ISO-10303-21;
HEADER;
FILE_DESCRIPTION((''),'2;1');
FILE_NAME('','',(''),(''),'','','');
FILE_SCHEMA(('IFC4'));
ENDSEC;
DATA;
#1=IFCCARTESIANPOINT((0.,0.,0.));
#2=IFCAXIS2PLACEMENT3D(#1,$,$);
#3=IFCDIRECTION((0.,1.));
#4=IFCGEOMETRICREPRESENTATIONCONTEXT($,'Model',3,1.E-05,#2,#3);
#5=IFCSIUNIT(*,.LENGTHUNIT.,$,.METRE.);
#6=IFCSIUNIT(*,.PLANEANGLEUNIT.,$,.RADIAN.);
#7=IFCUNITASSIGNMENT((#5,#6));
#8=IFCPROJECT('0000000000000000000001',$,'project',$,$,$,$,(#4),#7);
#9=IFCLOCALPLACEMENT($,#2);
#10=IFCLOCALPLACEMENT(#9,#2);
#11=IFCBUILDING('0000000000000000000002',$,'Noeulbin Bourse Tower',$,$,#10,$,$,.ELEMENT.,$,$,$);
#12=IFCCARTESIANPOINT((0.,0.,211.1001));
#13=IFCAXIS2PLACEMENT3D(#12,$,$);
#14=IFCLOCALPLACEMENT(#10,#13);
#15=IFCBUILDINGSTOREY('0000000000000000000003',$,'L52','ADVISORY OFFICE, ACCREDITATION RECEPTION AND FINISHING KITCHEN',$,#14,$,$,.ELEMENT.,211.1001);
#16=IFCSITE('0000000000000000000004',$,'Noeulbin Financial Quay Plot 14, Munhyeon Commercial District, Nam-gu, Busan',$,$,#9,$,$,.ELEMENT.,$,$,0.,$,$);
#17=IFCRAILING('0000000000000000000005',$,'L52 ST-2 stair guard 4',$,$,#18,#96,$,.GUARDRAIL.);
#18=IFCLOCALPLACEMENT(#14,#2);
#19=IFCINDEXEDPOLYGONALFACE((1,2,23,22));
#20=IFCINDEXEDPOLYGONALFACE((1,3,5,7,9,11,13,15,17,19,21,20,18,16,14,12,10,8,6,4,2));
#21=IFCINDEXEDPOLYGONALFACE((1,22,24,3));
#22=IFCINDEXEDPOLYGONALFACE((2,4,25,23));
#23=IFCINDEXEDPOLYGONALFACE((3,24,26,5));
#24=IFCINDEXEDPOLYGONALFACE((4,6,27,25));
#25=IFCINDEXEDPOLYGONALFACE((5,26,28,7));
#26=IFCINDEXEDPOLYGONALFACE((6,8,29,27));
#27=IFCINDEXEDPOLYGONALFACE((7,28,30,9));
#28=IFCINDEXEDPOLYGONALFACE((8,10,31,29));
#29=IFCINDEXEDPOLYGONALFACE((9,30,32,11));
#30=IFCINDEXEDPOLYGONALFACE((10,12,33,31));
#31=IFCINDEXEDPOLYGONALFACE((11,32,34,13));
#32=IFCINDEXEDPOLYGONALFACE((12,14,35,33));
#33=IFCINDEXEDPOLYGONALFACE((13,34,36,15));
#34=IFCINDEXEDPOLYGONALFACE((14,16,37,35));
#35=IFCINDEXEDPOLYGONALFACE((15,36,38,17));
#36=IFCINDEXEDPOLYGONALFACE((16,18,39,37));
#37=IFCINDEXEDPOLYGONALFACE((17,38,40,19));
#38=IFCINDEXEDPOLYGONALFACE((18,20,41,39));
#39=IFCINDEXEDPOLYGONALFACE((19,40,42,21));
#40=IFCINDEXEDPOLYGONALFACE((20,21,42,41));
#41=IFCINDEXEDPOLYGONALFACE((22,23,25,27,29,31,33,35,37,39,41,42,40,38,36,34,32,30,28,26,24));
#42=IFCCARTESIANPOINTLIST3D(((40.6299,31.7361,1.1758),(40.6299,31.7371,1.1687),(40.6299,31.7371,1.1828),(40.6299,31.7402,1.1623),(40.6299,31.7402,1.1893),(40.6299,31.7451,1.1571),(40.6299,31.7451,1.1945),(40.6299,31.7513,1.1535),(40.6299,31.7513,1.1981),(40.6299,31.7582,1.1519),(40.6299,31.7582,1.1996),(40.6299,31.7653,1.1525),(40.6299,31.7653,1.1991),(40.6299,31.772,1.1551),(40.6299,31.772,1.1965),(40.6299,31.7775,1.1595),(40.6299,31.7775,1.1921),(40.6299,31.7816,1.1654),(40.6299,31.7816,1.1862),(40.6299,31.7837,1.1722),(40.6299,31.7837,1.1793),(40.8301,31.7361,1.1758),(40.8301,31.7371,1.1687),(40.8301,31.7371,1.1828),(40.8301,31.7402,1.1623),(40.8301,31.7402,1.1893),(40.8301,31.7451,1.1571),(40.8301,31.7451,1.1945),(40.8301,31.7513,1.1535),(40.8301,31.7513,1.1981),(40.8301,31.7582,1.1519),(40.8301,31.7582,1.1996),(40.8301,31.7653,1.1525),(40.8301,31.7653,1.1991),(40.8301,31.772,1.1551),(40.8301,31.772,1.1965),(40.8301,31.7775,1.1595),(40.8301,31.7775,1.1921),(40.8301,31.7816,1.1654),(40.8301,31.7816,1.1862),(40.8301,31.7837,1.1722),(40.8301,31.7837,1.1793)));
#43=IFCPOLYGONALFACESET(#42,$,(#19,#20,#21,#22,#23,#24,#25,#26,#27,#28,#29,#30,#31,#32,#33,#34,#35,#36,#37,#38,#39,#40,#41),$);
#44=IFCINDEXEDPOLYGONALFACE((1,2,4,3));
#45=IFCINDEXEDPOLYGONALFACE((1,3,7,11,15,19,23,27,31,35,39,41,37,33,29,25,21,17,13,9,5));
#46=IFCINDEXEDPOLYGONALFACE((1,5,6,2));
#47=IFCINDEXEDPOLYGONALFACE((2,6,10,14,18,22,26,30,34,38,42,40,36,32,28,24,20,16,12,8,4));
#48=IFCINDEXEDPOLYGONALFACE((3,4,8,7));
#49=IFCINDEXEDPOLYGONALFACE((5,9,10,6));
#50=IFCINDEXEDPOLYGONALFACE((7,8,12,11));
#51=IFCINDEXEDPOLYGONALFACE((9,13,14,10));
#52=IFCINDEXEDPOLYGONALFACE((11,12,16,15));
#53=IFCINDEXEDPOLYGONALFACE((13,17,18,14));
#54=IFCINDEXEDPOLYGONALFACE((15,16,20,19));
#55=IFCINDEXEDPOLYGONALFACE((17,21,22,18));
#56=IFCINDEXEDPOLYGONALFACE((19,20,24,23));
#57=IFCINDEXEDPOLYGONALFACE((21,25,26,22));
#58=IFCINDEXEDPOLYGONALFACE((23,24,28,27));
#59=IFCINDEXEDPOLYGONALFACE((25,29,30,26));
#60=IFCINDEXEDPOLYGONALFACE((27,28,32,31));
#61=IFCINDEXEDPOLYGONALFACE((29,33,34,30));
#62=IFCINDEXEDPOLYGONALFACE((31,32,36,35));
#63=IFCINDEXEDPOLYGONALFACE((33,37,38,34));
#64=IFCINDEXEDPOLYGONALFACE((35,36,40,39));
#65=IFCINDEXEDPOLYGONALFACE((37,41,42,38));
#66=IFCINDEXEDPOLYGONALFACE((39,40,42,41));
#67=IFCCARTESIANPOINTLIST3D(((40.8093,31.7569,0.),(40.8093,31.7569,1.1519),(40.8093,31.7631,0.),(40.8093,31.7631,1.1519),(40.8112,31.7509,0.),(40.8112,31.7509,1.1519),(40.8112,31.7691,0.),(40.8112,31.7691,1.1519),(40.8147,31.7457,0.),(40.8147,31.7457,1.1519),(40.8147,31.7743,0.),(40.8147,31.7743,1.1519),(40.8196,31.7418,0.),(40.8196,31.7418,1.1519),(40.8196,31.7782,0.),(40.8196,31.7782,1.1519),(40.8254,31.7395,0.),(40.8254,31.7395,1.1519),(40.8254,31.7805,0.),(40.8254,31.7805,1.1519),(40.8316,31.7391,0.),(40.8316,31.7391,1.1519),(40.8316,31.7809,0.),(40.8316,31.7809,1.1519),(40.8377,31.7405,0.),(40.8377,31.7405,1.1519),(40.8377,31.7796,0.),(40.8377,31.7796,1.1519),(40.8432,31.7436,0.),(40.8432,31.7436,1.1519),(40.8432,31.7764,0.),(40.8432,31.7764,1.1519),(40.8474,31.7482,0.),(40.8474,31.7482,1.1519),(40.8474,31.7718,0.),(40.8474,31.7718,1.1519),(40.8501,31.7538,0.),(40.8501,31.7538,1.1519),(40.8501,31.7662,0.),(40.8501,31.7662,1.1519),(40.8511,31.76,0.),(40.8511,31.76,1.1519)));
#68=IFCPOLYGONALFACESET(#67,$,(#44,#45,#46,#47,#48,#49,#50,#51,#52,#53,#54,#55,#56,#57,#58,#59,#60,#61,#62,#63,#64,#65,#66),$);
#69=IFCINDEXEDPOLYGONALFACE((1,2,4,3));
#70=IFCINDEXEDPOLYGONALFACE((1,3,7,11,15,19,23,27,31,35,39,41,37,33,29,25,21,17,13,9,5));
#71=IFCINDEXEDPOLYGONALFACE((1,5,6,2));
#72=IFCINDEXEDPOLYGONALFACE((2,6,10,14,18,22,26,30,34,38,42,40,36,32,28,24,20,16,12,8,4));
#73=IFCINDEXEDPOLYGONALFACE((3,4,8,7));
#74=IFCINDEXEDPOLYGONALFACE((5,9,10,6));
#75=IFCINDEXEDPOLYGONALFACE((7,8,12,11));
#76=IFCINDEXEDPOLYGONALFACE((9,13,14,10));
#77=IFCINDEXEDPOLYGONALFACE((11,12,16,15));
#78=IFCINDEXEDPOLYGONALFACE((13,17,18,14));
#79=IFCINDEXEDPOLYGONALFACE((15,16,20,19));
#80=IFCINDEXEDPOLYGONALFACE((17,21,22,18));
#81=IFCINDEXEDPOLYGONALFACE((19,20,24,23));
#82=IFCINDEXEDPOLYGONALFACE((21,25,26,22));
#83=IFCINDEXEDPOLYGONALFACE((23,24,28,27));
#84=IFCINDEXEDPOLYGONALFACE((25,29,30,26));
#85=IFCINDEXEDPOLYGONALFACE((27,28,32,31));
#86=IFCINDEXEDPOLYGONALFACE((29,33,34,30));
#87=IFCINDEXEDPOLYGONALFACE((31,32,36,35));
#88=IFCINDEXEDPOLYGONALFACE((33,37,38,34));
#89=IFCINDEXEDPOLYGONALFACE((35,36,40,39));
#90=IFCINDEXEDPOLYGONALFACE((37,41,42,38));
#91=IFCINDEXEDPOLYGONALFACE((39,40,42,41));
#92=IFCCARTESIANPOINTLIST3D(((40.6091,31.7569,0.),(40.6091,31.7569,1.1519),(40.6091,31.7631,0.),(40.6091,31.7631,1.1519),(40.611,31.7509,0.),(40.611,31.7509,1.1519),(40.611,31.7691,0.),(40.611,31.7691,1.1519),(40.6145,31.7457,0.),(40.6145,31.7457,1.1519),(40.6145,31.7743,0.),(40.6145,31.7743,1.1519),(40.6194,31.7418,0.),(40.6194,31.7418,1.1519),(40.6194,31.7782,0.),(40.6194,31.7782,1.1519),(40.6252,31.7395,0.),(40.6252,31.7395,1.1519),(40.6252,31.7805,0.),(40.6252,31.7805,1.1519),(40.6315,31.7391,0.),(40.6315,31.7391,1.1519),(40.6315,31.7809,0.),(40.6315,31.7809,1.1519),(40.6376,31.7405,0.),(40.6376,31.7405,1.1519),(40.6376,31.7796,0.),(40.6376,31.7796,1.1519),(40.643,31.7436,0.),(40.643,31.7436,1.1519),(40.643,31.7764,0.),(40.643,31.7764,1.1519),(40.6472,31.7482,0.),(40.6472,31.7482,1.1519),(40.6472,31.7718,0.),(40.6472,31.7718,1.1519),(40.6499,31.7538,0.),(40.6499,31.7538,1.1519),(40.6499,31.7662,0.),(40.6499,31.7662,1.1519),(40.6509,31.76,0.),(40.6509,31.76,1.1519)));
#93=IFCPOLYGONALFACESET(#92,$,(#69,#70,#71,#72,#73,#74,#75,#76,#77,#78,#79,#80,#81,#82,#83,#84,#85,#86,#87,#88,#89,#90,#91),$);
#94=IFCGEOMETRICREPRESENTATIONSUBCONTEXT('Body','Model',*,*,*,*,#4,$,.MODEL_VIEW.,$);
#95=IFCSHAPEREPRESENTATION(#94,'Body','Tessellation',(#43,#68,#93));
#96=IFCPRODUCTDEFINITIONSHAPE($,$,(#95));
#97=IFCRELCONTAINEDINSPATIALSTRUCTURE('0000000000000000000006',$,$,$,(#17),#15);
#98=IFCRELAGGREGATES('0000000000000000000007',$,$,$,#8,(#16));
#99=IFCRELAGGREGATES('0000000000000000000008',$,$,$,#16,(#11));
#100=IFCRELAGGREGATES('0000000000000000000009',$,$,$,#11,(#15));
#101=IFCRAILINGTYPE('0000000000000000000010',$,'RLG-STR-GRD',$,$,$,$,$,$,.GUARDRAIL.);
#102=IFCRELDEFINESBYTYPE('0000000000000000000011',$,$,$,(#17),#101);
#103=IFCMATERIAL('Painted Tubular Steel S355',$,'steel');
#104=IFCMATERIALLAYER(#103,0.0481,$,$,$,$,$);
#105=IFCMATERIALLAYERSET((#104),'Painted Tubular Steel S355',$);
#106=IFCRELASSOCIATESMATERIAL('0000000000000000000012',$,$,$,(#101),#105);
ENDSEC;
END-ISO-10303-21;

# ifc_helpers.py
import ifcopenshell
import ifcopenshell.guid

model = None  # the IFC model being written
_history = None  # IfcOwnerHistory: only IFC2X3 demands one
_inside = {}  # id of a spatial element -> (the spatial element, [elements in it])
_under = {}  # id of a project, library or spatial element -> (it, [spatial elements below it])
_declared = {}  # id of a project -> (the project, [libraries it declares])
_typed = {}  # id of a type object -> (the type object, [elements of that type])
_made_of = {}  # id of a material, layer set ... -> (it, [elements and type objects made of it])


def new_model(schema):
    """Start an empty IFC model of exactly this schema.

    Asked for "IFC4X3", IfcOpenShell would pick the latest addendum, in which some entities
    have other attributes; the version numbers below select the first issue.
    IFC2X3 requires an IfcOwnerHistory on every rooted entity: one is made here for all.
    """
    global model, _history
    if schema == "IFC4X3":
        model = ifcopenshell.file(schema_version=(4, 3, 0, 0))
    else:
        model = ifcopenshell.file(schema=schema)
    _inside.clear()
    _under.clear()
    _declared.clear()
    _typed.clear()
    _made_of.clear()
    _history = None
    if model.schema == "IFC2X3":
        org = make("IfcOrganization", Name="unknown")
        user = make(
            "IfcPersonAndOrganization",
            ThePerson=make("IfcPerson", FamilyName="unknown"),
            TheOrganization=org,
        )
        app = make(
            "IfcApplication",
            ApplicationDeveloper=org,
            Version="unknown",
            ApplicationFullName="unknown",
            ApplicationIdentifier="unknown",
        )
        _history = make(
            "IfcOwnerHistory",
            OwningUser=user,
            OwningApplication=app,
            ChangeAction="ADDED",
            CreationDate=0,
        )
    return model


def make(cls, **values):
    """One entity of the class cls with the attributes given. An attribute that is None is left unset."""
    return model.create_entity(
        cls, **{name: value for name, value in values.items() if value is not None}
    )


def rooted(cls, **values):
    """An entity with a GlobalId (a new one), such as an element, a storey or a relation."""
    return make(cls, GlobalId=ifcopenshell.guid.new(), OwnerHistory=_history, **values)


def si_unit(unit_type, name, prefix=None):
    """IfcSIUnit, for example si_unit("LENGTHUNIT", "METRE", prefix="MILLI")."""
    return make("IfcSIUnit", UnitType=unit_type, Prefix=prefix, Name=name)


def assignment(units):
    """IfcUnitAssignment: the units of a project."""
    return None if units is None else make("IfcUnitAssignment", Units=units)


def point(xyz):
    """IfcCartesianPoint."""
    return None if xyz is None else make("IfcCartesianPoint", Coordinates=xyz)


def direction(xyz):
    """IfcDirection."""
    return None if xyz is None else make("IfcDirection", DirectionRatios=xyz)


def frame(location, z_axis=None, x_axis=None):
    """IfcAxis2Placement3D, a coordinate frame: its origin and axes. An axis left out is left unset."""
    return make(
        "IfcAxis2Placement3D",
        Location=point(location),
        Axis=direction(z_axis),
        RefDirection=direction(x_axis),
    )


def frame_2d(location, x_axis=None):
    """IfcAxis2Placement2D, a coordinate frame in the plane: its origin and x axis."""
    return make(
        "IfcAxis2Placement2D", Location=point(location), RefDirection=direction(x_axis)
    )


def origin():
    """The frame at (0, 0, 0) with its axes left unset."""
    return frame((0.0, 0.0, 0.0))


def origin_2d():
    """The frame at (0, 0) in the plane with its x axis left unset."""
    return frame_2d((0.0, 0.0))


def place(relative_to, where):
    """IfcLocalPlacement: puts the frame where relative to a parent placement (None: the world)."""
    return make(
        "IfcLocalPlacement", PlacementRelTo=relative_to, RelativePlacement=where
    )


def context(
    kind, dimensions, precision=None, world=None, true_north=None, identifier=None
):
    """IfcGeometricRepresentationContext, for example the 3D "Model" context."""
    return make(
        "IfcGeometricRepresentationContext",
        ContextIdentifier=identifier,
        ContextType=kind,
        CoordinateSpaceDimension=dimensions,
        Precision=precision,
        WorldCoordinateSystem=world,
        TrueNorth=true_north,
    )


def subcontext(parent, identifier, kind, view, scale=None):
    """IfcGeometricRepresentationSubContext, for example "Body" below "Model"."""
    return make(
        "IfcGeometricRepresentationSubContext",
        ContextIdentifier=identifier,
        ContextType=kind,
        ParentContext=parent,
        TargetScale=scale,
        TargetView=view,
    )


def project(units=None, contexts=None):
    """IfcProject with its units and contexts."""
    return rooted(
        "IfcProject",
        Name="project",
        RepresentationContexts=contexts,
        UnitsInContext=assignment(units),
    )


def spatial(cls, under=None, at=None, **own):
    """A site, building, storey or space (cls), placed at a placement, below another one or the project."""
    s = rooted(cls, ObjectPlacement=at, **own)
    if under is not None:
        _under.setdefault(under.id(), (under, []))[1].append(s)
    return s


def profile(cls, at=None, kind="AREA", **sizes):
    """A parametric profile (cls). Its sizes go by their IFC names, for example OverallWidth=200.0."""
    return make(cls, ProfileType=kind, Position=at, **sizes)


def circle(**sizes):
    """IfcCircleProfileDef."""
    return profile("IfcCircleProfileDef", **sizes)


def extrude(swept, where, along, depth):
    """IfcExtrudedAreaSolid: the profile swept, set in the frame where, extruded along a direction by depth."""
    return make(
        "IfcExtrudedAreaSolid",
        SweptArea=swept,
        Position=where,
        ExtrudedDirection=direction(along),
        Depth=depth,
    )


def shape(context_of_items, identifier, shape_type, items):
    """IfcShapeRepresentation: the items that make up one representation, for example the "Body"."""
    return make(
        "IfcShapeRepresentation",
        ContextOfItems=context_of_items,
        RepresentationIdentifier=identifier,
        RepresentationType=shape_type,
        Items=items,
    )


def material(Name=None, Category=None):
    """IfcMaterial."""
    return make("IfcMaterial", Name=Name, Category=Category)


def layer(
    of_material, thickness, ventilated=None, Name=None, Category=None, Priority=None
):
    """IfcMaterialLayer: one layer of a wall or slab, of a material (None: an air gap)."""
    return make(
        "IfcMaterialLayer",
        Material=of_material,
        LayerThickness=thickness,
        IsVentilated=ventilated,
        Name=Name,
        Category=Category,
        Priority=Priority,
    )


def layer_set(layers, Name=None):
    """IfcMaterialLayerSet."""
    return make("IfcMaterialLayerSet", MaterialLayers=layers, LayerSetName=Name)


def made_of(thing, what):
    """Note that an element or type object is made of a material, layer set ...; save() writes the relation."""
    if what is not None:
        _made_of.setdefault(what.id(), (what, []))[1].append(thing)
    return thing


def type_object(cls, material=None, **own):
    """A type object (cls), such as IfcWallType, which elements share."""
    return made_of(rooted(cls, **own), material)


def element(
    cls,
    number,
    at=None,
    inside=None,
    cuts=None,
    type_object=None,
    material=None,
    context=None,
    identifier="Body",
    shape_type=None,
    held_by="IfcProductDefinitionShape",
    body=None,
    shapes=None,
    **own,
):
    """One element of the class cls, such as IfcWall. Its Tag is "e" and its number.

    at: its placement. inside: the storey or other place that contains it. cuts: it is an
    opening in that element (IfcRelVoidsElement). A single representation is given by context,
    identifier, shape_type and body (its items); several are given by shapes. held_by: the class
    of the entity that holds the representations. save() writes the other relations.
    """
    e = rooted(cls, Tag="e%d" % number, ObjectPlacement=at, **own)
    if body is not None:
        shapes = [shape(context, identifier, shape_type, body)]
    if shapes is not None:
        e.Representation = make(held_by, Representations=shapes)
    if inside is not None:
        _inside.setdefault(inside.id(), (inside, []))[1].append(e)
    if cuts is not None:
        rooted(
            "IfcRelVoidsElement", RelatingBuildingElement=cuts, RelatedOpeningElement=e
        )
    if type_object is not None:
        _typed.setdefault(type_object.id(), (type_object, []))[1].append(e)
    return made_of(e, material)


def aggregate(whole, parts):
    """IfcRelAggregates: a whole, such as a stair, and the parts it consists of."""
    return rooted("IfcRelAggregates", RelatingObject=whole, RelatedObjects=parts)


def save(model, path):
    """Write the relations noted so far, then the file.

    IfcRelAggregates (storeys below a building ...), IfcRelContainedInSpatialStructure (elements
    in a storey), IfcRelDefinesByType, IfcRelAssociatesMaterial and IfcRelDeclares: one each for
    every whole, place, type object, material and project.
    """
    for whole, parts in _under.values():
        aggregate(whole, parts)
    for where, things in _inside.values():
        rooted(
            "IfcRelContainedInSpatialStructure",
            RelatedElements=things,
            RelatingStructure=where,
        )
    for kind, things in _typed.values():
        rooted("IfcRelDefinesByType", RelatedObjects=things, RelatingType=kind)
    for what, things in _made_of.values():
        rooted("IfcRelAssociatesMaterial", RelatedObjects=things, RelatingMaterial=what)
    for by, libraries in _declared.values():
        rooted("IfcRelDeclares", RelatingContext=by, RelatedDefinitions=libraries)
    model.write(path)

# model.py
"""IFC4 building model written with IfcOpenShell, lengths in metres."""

from ifc_helpers import new_model, si_unit, direction, frame, origin, origin_2d, place, context, subcontext, project, spatial, circle, extrude, material, layer, layer_set, type_object, element, save


model = new_model("IFC4")

# Units and contexts
model_context = context("Model", 3, precision=1e-05, world=origin(), true_north=direction((0.0, 1.0)))
body_context = subcontext(model_context, "Body", "Model", "MODEL_VIEW")
ifc_project = project(units=[si_unit("LENGTHUNIT", "METRE"), si_unit("PLANEANGLEUNIT", "RADIAN")], contexts=[model_context])

# Site, building, storey
site_placement = place(None, origin())
site = spatial("IfcSite", under=ifc_project, at=site_placement, Name="Noeulbin Financial Quay Plot 14, Munhyeon Commercial District, Nam-gu, Busan", CompositionType="ELEMENT", RefElevation=0.0)
building_placement = place(site_placement, origin())
building = spatial("IfcBuilding", under=site, at=building_placement, Name="Noeulbin Bourse Tower", CompositionType="ELEMENT")
storey_placement = place(building_placement, frame((0.0, 0.0, 211.1001)))
storey = spatial("IfcBuildingStorey", under=building, at=storey_placement, Name="L52", Description="ADVISORY OFFICE, ACCREDITATION RECEPTION AND FINISHING KITCHEN", CompositionType="ELEMENT", Elevation=211.1001)

# Railing
ifc_material_1 = material(Name="Painted Tubular Steel S355", Category="steel")
ifc_layer_1 = layer(ifc_material_1, 0.0481)
ifc_layer_set_1 = layer_set([ifc_layer_1], Name="Painted Tubular Steel S355")
railing_type = type_object("IfcRailingType", Name="RLG-STR-GRD", PredefinedType="GUARDRAIL", material=ifc_layer_set_1)
railing_1_placement = place(storey_placement, frame((40.8301, 31.76, 0.0)))
element("IfcRailing", 1, at=railing_1_placement, inside=storey, type_object=railing_type, Name="L52 ST-2 stair guard 4", PredefinedType="GUARDRAIL", context=body_context, shape_type="SweptSolid", body=[
    extrude(circle(Radius=0.0239, at=origin_2d()), frame((0.0, 0.0, 1.1758), z_axis=(-1.0, 0.0, 0.0), x_axis=(0.0, -1.0, 0.0)), (0.0, 0.0, 1.0), 0.2002),
    extrude(circle(Radius=0.021, at=origin_2d()), origin(), (0.0, 0.0, 1.0), 1.1519),
    extrude(circle(Radius=0.021, at=origin_2d()), frame((-0.2002, 0.0, 0.0)), (0.0, 0.0, 1.0), 1.1519),
])

save(model, "model.ifc")
